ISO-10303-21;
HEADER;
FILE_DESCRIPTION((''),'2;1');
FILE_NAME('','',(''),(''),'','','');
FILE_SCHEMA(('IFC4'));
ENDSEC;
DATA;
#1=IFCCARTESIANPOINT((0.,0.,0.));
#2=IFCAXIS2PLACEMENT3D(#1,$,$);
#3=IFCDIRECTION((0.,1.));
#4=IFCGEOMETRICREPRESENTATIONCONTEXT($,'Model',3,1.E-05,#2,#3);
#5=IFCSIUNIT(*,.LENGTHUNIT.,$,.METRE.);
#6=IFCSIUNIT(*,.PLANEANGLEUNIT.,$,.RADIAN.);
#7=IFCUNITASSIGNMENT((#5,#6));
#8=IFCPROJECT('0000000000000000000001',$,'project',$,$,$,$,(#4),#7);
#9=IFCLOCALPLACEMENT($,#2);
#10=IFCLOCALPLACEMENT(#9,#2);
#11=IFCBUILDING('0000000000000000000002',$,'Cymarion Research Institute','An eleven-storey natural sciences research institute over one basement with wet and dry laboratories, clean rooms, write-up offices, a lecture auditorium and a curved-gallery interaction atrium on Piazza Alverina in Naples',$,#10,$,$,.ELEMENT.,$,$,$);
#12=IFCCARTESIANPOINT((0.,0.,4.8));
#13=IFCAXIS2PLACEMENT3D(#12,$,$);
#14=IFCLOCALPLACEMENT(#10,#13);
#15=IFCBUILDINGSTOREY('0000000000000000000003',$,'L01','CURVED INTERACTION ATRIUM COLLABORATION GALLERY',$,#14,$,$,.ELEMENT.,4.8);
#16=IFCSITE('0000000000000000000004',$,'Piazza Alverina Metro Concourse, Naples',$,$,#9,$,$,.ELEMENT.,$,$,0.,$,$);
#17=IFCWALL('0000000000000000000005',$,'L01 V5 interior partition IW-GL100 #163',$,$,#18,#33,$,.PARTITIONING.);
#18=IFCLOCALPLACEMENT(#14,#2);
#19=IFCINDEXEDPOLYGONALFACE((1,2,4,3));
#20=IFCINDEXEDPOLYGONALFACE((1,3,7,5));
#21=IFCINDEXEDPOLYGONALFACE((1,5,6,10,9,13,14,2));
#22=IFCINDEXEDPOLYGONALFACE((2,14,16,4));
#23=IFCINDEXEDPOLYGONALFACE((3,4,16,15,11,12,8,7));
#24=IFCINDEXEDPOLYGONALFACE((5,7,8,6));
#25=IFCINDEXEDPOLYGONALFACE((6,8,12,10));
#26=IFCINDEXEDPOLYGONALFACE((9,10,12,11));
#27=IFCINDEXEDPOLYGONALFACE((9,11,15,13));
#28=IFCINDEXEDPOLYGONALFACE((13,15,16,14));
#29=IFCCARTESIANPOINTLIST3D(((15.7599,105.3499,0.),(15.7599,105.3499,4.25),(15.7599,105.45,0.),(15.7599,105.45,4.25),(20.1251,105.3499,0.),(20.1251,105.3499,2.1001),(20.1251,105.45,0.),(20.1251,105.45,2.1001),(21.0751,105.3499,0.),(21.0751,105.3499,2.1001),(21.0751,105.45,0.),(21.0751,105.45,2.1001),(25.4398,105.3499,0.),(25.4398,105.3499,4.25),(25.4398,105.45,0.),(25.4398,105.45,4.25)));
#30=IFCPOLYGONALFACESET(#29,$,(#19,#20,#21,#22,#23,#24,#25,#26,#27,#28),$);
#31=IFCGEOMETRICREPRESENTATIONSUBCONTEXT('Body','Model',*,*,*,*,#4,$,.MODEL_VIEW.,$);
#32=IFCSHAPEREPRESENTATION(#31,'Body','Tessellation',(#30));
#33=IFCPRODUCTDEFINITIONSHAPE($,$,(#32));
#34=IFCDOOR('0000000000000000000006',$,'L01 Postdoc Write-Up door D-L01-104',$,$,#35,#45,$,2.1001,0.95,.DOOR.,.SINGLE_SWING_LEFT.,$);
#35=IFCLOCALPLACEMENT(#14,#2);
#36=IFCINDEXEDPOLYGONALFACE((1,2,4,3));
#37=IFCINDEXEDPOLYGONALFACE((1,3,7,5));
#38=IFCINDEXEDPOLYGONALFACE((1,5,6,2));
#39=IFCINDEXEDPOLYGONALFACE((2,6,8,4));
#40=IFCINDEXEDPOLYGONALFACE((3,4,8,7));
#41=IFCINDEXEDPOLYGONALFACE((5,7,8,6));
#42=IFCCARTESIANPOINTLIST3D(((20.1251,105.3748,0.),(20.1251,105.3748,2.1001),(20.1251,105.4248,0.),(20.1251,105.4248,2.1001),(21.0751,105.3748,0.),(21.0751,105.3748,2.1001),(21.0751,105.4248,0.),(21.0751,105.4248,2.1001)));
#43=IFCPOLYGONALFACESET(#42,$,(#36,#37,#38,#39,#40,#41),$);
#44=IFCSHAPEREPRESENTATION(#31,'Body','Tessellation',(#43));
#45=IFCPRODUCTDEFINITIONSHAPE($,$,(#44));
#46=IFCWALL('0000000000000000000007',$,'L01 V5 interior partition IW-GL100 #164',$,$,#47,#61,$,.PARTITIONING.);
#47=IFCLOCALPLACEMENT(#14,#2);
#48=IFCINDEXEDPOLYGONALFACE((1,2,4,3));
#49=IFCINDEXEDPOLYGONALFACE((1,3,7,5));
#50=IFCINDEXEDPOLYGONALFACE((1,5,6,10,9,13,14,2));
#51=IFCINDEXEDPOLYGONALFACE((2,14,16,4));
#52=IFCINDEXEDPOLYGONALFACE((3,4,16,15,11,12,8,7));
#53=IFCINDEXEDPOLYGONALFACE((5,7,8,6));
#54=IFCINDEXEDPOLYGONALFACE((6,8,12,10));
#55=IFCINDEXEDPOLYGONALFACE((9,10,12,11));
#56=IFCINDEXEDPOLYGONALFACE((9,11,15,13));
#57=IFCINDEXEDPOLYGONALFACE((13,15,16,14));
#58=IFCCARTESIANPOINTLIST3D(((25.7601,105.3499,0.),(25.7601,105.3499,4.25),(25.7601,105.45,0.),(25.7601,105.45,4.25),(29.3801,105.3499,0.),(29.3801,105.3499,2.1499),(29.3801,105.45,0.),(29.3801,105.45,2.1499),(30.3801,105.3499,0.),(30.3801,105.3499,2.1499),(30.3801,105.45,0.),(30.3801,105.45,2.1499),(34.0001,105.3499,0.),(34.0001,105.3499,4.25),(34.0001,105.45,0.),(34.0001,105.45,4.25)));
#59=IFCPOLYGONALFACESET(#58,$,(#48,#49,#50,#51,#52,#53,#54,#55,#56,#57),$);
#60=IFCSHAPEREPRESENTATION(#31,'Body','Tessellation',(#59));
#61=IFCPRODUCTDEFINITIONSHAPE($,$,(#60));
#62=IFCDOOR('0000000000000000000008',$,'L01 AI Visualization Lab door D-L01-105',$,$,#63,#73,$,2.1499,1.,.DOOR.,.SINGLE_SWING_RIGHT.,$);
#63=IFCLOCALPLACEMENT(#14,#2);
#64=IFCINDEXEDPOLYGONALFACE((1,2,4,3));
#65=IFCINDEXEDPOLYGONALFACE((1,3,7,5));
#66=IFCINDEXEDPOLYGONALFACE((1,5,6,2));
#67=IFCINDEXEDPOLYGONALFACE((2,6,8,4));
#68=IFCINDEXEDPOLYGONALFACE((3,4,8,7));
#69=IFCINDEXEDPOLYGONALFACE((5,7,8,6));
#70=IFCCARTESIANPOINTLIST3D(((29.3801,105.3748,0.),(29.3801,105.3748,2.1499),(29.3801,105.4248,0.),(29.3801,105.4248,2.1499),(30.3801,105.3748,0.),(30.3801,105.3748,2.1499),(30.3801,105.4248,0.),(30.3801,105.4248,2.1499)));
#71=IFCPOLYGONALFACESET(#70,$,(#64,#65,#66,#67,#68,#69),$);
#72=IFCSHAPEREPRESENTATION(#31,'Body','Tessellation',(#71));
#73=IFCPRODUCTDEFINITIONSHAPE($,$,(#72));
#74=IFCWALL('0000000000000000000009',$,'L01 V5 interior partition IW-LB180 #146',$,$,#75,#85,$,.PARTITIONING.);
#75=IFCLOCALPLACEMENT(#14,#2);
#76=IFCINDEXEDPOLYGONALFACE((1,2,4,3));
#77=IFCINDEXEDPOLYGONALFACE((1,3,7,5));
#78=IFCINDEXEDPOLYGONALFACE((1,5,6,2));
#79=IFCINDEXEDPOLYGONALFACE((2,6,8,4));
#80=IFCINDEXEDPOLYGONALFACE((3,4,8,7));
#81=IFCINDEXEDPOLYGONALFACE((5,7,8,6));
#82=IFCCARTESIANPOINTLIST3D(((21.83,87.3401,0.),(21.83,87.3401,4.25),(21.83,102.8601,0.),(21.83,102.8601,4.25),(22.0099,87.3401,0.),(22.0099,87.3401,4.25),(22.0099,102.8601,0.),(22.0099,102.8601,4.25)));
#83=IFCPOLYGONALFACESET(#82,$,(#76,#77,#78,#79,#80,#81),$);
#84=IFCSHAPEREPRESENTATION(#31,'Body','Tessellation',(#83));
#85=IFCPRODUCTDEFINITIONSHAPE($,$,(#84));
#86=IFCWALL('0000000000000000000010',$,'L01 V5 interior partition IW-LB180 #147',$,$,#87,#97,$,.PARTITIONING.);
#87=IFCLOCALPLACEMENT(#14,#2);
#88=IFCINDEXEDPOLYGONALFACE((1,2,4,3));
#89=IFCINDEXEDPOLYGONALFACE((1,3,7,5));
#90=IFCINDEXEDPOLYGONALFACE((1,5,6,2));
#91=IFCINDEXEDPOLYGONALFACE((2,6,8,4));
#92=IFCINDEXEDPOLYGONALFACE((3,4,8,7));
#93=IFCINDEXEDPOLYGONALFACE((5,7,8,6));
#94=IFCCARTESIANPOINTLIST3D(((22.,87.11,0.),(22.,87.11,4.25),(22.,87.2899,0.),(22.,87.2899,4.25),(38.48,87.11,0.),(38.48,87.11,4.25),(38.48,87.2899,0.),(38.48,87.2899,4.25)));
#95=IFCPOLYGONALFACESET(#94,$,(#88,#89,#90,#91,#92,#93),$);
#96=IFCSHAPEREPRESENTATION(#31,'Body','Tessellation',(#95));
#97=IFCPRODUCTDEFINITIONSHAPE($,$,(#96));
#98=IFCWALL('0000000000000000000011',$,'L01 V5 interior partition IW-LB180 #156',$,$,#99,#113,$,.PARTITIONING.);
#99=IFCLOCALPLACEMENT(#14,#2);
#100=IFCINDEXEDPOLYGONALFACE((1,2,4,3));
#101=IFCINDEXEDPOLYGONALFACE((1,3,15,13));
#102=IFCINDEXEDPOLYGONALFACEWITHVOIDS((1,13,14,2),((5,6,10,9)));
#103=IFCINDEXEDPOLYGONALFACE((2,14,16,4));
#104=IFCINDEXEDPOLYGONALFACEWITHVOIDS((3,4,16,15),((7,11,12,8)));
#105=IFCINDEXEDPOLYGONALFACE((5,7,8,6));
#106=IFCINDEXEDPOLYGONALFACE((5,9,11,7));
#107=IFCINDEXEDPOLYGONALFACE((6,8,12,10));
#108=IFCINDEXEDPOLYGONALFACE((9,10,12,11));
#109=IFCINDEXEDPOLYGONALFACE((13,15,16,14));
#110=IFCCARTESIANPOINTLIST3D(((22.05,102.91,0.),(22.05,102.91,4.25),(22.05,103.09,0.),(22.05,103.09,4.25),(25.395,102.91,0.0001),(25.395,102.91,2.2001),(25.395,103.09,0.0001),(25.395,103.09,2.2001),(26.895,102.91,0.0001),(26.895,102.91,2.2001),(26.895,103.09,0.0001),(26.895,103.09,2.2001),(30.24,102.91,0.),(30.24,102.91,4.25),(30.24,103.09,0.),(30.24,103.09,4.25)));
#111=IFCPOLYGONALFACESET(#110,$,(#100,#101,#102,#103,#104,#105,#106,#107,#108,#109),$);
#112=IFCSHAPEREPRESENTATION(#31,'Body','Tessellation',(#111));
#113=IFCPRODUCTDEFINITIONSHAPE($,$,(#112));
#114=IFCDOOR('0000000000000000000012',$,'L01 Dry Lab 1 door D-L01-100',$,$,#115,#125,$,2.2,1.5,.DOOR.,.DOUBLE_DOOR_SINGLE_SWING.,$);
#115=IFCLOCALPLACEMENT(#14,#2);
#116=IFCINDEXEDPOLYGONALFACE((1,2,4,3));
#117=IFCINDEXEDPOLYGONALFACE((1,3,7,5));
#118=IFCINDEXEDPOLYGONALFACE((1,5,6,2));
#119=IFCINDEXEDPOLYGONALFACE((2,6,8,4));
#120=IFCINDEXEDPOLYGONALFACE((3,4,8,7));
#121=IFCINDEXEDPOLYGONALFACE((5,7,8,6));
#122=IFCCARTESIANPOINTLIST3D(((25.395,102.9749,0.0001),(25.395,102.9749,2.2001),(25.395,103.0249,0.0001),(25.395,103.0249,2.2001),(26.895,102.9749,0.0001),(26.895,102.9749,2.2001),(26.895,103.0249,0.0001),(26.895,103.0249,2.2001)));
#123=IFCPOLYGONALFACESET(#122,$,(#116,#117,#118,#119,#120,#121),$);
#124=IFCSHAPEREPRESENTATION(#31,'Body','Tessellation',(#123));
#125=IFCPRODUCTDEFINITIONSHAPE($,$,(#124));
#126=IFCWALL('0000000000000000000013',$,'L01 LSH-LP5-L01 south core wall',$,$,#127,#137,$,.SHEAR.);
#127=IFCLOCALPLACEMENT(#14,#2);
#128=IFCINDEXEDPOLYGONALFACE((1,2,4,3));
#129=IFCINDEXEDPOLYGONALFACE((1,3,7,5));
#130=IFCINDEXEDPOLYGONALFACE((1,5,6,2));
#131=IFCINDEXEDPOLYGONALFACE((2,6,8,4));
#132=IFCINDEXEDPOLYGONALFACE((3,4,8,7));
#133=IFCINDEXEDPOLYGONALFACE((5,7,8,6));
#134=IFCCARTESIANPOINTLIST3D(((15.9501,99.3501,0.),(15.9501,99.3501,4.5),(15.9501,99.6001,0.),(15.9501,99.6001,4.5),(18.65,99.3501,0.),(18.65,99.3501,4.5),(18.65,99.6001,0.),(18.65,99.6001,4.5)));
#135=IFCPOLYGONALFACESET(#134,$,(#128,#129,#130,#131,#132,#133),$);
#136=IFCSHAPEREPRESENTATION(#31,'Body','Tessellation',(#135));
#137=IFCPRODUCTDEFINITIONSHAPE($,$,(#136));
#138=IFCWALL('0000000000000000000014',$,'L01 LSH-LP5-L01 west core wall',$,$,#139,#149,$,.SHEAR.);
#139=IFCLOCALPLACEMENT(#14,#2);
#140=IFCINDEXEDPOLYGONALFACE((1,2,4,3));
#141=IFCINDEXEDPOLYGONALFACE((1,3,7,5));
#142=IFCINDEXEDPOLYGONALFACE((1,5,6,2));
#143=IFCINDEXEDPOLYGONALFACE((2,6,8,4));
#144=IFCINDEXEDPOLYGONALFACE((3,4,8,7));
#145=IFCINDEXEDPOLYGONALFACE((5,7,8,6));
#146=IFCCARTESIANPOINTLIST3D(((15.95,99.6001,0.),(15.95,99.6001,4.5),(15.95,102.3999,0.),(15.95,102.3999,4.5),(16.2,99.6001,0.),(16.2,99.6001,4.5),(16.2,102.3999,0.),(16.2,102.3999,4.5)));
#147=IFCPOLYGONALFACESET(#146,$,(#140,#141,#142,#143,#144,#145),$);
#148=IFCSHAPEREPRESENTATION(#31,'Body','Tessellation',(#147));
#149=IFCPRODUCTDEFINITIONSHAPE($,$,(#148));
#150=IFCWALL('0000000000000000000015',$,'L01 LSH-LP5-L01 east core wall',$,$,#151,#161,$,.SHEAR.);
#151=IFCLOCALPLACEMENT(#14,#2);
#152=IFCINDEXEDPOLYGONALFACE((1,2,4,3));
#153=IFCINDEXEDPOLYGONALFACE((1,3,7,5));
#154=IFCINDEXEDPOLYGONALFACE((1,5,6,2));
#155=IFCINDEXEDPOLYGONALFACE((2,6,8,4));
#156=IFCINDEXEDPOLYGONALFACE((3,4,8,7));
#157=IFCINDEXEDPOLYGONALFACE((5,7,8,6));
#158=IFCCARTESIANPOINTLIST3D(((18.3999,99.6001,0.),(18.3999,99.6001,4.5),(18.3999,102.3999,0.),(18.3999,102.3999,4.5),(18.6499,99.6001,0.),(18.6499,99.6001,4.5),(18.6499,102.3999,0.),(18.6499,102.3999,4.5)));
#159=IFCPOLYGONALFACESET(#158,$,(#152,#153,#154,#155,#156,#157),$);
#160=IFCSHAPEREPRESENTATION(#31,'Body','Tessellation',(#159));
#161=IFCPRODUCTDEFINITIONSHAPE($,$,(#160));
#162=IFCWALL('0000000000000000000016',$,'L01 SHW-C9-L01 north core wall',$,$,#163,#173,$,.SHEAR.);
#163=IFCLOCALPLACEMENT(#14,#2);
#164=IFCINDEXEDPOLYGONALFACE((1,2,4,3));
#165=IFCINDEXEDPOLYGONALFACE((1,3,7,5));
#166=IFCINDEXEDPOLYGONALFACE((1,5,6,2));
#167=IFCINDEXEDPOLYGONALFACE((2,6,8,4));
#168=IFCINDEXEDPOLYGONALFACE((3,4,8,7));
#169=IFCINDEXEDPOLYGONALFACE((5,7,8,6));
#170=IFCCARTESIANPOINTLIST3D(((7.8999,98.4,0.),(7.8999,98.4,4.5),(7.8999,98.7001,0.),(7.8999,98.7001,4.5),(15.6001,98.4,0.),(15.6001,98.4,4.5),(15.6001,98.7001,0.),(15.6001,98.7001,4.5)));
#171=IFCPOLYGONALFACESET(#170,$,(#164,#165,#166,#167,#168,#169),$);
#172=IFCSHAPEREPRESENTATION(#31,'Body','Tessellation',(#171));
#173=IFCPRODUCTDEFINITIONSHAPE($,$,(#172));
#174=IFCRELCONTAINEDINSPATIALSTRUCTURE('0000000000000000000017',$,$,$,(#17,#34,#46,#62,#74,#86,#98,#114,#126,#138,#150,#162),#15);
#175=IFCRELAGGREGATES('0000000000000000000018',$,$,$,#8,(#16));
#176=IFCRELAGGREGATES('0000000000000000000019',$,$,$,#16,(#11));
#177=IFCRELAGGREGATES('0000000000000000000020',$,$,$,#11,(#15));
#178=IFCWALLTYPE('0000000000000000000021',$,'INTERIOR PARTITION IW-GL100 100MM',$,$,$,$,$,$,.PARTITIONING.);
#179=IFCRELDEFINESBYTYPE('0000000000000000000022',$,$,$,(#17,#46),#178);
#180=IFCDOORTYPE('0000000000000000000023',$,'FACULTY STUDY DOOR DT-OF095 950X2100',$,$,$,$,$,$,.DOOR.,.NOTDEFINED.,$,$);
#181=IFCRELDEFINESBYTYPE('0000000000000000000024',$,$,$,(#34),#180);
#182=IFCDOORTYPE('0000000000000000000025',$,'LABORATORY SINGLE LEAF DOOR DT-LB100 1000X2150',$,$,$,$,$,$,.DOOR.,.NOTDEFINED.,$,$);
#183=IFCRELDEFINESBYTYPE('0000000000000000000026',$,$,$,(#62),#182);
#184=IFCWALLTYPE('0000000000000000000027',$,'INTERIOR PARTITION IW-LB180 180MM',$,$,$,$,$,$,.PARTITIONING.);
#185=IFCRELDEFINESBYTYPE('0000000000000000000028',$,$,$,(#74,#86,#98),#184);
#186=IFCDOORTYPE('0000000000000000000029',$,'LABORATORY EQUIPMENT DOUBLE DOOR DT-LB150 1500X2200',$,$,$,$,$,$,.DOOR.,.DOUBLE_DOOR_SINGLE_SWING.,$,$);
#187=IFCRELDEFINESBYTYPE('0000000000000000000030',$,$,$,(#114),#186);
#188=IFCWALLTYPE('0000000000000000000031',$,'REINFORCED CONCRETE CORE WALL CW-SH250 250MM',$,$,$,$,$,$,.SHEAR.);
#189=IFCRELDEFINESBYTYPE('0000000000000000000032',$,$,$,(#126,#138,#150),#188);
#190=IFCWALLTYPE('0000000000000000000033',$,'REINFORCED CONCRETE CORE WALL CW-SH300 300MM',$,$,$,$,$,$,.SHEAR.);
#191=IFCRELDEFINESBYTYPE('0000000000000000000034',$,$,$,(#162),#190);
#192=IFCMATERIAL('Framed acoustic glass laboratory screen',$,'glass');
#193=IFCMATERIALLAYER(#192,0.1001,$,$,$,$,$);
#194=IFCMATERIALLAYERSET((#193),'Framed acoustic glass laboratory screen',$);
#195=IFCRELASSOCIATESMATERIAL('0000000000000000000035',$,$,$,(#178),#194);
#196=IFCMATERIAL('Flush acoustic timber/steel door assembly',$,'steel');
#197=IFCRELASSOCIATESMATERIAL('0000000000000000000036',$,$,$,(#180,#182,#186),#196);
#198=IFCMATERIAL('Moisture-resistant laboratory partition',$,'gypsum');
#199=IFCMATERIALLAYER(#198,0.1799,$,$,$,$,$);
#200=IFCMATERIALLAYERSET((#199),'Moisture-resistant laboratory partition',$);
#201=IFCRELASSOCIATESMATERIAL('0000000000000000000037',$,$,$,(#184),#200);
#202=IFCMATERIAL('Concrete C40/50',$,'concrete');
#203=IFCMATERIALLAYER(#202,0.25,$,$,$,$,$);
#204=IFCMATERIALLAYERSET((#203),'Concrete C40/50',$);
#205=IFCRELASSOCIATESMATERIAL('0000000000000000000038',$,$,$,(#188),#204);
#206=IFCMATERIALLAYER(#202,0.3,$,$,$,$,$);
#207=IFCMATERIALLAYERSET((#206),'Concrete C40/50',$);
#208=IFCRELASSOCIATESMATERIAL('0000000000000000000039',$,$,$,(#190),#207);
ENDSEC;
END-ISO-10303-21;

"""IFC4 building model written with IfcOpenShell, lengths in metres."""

from ifc_helpers import new_model, si_unit, direction, frame, frame_2d, origin, place, context, subcontext, project, spatial, rectangle, extrude, material, layer, layer_set, type_object, element, fill, save


model = new_model("IFC4")

# Units and contexts
model_context = context("Model", 3, precision=1e-05, world=origin(), true_north=direction((0.0, 1.0)))
body_context = subcontext(model_context, "Body", "Model", "MODEL_VIEW")
ifc_project = project(units=[si_unit("LENGTHUNIT", "METRE"), si_unit("PLANEANGLEUNIT", "RADIAN")], contexts=[model_context])

# Site, building, storey
site_placement = place(None, origin())
site = spatial("IfcSite", under=ifc_project, at=site_placement, Name="Piazza Alverina Metro Concourse, Naples", CompositionType="ELEMENT", RefElevation=0.0)
building_placement = place(site_placement, origin())
building = spatial("IfcBuilding", under=site, at=building_placement, Name="Cymarion Research Institute", Description="An eleven-storey natural sciences research institute over one basement with wet and dry laboratories, clean rooms, write-up offices, a lecture auditorium and a curved-gallery interaction atrium on Piazza Alverina in Naples", CompositionType="ELEMENT")
storey_placement = place(building_placement, frame((0.0, 0.0, 4.8)))
storey = spatial("IfcBuildingStorey", under=building, at=storey_placement, Name="L01", Description="CURVED INTERACTION ATRIUM COLLABORATION GALLERY", CompositionType="ELEMENT", Elevation=4.8)

# Walls, openings, doors
ifc_material_1 = material(Name="Framed acoustic glass laboratory screen", Category="glass")
ifc_layer_1 = layer(ifc_material_1, 0.1001)
ifc_layer_set_1 = layer_set([ifc_layer_1], Name="Framed acoustic glass laboratory screen")
wall_type_1 = type_object("IfcWallType", Name="INTERIOR PARTITION IW-GL100 100MM", PredefinedType="PARTITIONING", material=ifc_layer_set_1)
wall_1_placement = place(storey_placement, frame((15.76, 105.3999, 0.0), z_axis=(0.0, 0.0, 1.0), x_axis=(1.0, 0.0, 0.0)))
wall_1 = element("IfcWall", 1, at=wall_1_placement, inside=storey, type_object=wall_type_1, Name="L01 V5 interior partition IW-GL100 #163", PredefinedType="PARTITIONING", context=body_context, shape_type="SweptSolid", body=[
    extrude(rectangle(XDim=9.6799, YDim=0.1001, at=frame_2d((4.8398, 0.0))), origin(), (0.0, 0.0, 1.0), 4.25),
])
opening_1_placement = place(wall_1_placement, frame((4.365, 0.0, 0.0)))
opening_1 = element("IfcOpeningElement", 2, at=opening_1_placement, cuts=wall_1, PredefinedType="OPENING", context=body_context, shape_type="SweptSolid", body=[
    extrude(rectangle(XDim=0.95, YDim=2.1001, at=frame_2d((0.4751, 1.05))), frame((0.0, 0.0601, 0.0), z_axis=(0.0, -1.0, 0.0), x_axis=(1.0, 0.0, 0.0)), (0.0, 0.0, 1.0), 0.1201),
])
ifc_material_2 = material(Name="Flush acoustic timber/steel door assembly", Category="steel")
door_type_1 = type_object("IfcDoorType", Name="FACULTY STUDY DOOR DT-OF095 950X2100", OperationType="NOTDEFINED", PredefinedType="DOOR", material=ifc_material_2)
door_1_placement = place(opening_1_placement, origin())
door_1 = element("IfcDoor", 3, at=door_1_placement, inside=storey, type_object=door_type_1, Name="L01 Postdoc Write-Up door D-L01-104", OperationType="SINGLE_SWING_LEFT", OverallHeight=2.1001, OverallWidth=0.95, PredefinedType="DOOR", context=body_context, shape_type="SweptSolid", body=[
    extrude(rectangle(XDim=0.95, YDim=2.1001, at=frame_2d((0.4751, 1.05))), frame((0.0, 0.0249, 0.0), z_axis=(0.0, -1.0, 0.0), x_axis=(1.0, 0.0, 0.0)), (0.0, 0.0, 1.0), 0.05),
])
fill(opening_1, door_1)
wall_2_placement = place(storey_placement, frame((25.76, 105.3999, 0.0), z_axis=(0.0, 0.0, 1.0), x_axis=(1.0, 0.0, 0.0)))
wall_2 = element("IfcWall", 4, at=wall_2_placement, inside=storey, type_object=wall_type_1, Name="L01 V5 interior partition IW-GL100 #164", PredefinedType="PARTITIONING", context=body_context, shape_type="SweptSolid", body=[
    extrude(rectangle(XDim=8.24, YDim=0.1001, at=frame_2d((4.1201, 0.0))), origin(), (0.0, 0.0, 1.0), 4.25),
])
opening_2_placement = place(wall_2_placement, frame((3.6201, 0.0, 0.0)))
opening_2 = element("IfcOpeningElement", 5, at=opening_2_placement, cuts=wall_2, PredefinedType="OPENING", context=body_context, shape_type="SweptSolid", body=[
    extrude(rectangle(XDim=1.0, YDim=2.1499, at=frame_2d((0.5, 1.075))), frame((0.0, 0.0601, 0.0), z_axis=(0.0, -1.0, 0.0), x_axis=(1.0, 0.0, 0.0)), (0.0, 0.0, 1.0), 0.1201),
])
door_type_2 = type_object("IfcDoorType", Name="LABORATORY SINGLE LEAF DOOR DT-LB100 1000X2150", OperationType="NOTDEFINED", PredefinedType="DOOR", material=ifc_material_2)
door_2_placement = place(opening_2_placement, origin())
door_2 = element("IfcDoor", 6, at=door_2_placement, inside=storey, type_object=door_type_2, Name="L01 AI Visualization Lab door D-L01-105", OperationType="SINGLE_SWING_RIGHT", OverallHeight=2.1499, OverallWidth=1.0, PredefinedType="DOOR", context=body_context, shape_type="SweptSolid", body=[
    extrude(rectangle(XDim=1.0, YDim=2.1499, at=frame_2d((0.5, 1.075))), frame((0.0, 0.0249, 0.0), z_axis=(0.0, -1.0, 0.0), x_axis=(1.0, 0.0, 0.0)), (0.0, 0.0, 1.0), 0.05),
])
fill(opening_2, door_2)

# Walls
ifc_material_3 = material(Name="Moisture-resistant laboratory partition", Category="gypsum")
ifc_layer_2 = layer(ifc_material_3, 0.1799)
ifc_layer_set_2 = layer_set([ifc_layer_2], Name="Moisture-resistant laboratory partition")
wall_type_2 = type_object("IfcWallType", Name="INTERIOR PARTITION IW-LB180 180MM", PredefinedType="PARTITIONING", material=ifc_layer_set_2)
wall_3_placement = place(storey_placement, frame((21.9199, 87.3401, 0.0), z_axis=(0.0, 0.0, 1.0), x_axis=(0.0, 1.0, 0.0)))
element("IfcWall", 7, at=wall_3_placement, inside=storey, type_object=wall_type_2, Name="L01 V5 interior partition IW-LB180 #146", PredefinedType="PARTITIONING", context=body_context, shape_type="SweptSolid", body=[
    extrude(rectangle(XDim=15.52, YDim=0.1799, at=frame_2d((7.76, 0.0))), origin(), (0.0, 0.0, 1.0), 4.25),
])
wall_4_placement = place(storey_placement, frame((22.0, 87.2, 0.0), z_axis=(0.0, 0.0, 1.0), x_axis=(1.0, 0.0, 0.0)))
element("IfcWall", 8, at=wall_4_placement, inside=storey, type_object=wall_type_2, Name="L01 V5 interior partition IW-LB180 #147", PredefinedType="PARTITIONING", context=body_context, shape_type="SweptSolid", body=[
    extrude(rectangle(XDim=16.48, YDim=0.1799, at=frame_2d((8.24, 0.0))), origin(), (0.0, 0.0, 1.0), 4.25),
])

# Wall, opening, door
wall_5_placement = place(storey_placement, frame((22.05, 103.0, 0.0), z_axis=(0.0, 0.0, 1.0), x_axis=(1.0, 0.0, 0.0)))
wall_5 = element("IfcWall", 9, at=wall_5_placement, inside=storey, type_object=wall_type_2, Name="L01 V5 interior partition IW-LB180 #156", PredefinedType="PARTITIONING", context=body_context, shape_type="SweptSolid", body=[
    extrude(rectangle(XDim=8.1899, YDim=0.1799, at=frame_2d((4.095, 0.0))), origin(), (0.0, 0.0, 1.0), 4.25),
])
opening_3_placement = place(wall_5_placement, frame((3.345, 0.0, 0.0)))
opening_3 = element("IfcOpeningElement", 10, at=opening_3_placement, cuts=wall_5, PredefinedType="OPENING", context=body_context, shape_type="SweptSolid", body=[
    extrude(rectangle(XDim=1.5, YDim=2.2, at=frame_2d((0.75, 1.1001))), frame((0.0, 0.0999, 0.0), z_axis=(0.0, -1.0, 0.0), x_axis=(1.0, 0.0, 0.0)), (0.0, 0.0, 1.0), 0.2),
])
door_type_3 = type_object("IfcDoorType", Name="LABORATORY EQUIPMENT DOUBLE DOOR DT-LB150 1500X2200", OperationType="DOUBLE_DOOR_SINGLE_SWING", PredefinedType="DOOR", material=ifc_material_2)
door_3_placement = place(opening_3_placement, origin())
door_3 = element("IfcDoor", 11, at=door_3_placement, inside=storey, type_object=door_type_3, Name="L01 Dry Lab 1 door D-L01-100", OperationType="DOUBLE_DOOR_SINGLE_SWING", OverallHeight=2.2, OverallWidth=1.5, PredefinedType="DOOR", context=body_context, shape_type="SweptSolid", body=[
    extrude(rectangle(XDim=1.5, YDim=2.2, at=frame_2d((0.75, 1.1001))), frame((0.0, 0.0249, 0.0), z_axis=(0.0, -1.0, 0.0), x_axis=(1.0, 0.0, 0.0)), (0.0, 0.0, 1.0), 0.05),
])
fill(opening_3, door_3)

# Wall
ifc_material_4 = material(Name="Concrete C40/50", Category="concrete")
ifc_layer_3 = layer(ifc_material_4, 0.25)
ifc_layer_set_3 = layer_set([ifc_layer_3], Name="Concrete C40/50")
wall_type_3 = type_object("IfcWallType", Name="REINFORCED CONCRETE CORE WALL CW-SH250 250MM", PredefinedType="SHEAR", material=ifc_layer_set_3)
wall_6_placement = place(storey_placement, frame((15.95, 99.4751, 0.0), z_axis=(0.0, 0.0, 1.0), x_axis=(1.0, 0.0, 0.0)))
element("IfcWall", 12, at=wall_6_placement, inside=storey, type_object=wall_type_3, Name="L01 LSH-LP5-L01 south core wall", PredefinedType="SHEAR", context=body_context, shape_type="SweptSolid", body=[
    extrude(rectangle(XDim=2.7, YDim=0.25, at=frame_2d((1.3501, 0.0))), origin(), (0.0, 0.0, 1.0), 4.5),
])

# Walls
for number, where, z_axis, x_axis, name in (
    (13, (16.075, 102.3999, 0.0), (0.0, 0.0, 1.0), (0.0, -1.0, 0.0), "L01 LSH-LP5-L01 west core wall"),
    (14, (18.5249, 99.6001, 0.0), (0.0, 0.0, 1.0), (0.0, 1.0, 0.0), "L01 LSH-LP5-L01 east core wall"),
):
    element("IfcWall", number, at=place(storey_placement, frame(where, z_axis=z_axis, x_axis=x_axis)), inside=storey, type_object=wall_type_3, Name=name, PredefinedType="SHEAR", context=body_context, shape_type="SweptSolid", body=[
        extrude(rectangle(XDim=2.7998, YDim=0.25, at=frame_2d((1.3999, 0.0))), origin(), (0.0, 0.0, 1.0), 4.5),
    ])
ifc_layer_4 = layer(ifc_material_4, 0.3)
ifc_layer_set_4 = layer_set([ifc_layer_4], Name="Concrete C40/50")
wall_type_4 = type_object("IfcWallType", Name="REINFORCED CONCRETE CORE WALL CW-SH300 300MM", PredefinedType="SHEAR", material=ifc_layer_set_4)
wall_7_placement = place(storey_placement, frame((15.6001, 98.55, 0.0), z_axis=(0.0, 0.0, 1.0), x_axis=(-1.0, 0.0, 0.0)))
element("IfcWall", 15, at=wall_7_placement, inside=storey, type_object=wall_type_4, Name="L01 SHW-C9-L01 north core wall", PredefinedType="SHEAR", context=body_context, shape_type="SweptSolid", body=[
    extrude(rectangle(XDim=7.7002, YDim=0.3, at=frame_2d((3.8501, 0.0))), origin(), (0.0, 0.0, 1.0), 4.5),
])

save(model, "model.ifc")
